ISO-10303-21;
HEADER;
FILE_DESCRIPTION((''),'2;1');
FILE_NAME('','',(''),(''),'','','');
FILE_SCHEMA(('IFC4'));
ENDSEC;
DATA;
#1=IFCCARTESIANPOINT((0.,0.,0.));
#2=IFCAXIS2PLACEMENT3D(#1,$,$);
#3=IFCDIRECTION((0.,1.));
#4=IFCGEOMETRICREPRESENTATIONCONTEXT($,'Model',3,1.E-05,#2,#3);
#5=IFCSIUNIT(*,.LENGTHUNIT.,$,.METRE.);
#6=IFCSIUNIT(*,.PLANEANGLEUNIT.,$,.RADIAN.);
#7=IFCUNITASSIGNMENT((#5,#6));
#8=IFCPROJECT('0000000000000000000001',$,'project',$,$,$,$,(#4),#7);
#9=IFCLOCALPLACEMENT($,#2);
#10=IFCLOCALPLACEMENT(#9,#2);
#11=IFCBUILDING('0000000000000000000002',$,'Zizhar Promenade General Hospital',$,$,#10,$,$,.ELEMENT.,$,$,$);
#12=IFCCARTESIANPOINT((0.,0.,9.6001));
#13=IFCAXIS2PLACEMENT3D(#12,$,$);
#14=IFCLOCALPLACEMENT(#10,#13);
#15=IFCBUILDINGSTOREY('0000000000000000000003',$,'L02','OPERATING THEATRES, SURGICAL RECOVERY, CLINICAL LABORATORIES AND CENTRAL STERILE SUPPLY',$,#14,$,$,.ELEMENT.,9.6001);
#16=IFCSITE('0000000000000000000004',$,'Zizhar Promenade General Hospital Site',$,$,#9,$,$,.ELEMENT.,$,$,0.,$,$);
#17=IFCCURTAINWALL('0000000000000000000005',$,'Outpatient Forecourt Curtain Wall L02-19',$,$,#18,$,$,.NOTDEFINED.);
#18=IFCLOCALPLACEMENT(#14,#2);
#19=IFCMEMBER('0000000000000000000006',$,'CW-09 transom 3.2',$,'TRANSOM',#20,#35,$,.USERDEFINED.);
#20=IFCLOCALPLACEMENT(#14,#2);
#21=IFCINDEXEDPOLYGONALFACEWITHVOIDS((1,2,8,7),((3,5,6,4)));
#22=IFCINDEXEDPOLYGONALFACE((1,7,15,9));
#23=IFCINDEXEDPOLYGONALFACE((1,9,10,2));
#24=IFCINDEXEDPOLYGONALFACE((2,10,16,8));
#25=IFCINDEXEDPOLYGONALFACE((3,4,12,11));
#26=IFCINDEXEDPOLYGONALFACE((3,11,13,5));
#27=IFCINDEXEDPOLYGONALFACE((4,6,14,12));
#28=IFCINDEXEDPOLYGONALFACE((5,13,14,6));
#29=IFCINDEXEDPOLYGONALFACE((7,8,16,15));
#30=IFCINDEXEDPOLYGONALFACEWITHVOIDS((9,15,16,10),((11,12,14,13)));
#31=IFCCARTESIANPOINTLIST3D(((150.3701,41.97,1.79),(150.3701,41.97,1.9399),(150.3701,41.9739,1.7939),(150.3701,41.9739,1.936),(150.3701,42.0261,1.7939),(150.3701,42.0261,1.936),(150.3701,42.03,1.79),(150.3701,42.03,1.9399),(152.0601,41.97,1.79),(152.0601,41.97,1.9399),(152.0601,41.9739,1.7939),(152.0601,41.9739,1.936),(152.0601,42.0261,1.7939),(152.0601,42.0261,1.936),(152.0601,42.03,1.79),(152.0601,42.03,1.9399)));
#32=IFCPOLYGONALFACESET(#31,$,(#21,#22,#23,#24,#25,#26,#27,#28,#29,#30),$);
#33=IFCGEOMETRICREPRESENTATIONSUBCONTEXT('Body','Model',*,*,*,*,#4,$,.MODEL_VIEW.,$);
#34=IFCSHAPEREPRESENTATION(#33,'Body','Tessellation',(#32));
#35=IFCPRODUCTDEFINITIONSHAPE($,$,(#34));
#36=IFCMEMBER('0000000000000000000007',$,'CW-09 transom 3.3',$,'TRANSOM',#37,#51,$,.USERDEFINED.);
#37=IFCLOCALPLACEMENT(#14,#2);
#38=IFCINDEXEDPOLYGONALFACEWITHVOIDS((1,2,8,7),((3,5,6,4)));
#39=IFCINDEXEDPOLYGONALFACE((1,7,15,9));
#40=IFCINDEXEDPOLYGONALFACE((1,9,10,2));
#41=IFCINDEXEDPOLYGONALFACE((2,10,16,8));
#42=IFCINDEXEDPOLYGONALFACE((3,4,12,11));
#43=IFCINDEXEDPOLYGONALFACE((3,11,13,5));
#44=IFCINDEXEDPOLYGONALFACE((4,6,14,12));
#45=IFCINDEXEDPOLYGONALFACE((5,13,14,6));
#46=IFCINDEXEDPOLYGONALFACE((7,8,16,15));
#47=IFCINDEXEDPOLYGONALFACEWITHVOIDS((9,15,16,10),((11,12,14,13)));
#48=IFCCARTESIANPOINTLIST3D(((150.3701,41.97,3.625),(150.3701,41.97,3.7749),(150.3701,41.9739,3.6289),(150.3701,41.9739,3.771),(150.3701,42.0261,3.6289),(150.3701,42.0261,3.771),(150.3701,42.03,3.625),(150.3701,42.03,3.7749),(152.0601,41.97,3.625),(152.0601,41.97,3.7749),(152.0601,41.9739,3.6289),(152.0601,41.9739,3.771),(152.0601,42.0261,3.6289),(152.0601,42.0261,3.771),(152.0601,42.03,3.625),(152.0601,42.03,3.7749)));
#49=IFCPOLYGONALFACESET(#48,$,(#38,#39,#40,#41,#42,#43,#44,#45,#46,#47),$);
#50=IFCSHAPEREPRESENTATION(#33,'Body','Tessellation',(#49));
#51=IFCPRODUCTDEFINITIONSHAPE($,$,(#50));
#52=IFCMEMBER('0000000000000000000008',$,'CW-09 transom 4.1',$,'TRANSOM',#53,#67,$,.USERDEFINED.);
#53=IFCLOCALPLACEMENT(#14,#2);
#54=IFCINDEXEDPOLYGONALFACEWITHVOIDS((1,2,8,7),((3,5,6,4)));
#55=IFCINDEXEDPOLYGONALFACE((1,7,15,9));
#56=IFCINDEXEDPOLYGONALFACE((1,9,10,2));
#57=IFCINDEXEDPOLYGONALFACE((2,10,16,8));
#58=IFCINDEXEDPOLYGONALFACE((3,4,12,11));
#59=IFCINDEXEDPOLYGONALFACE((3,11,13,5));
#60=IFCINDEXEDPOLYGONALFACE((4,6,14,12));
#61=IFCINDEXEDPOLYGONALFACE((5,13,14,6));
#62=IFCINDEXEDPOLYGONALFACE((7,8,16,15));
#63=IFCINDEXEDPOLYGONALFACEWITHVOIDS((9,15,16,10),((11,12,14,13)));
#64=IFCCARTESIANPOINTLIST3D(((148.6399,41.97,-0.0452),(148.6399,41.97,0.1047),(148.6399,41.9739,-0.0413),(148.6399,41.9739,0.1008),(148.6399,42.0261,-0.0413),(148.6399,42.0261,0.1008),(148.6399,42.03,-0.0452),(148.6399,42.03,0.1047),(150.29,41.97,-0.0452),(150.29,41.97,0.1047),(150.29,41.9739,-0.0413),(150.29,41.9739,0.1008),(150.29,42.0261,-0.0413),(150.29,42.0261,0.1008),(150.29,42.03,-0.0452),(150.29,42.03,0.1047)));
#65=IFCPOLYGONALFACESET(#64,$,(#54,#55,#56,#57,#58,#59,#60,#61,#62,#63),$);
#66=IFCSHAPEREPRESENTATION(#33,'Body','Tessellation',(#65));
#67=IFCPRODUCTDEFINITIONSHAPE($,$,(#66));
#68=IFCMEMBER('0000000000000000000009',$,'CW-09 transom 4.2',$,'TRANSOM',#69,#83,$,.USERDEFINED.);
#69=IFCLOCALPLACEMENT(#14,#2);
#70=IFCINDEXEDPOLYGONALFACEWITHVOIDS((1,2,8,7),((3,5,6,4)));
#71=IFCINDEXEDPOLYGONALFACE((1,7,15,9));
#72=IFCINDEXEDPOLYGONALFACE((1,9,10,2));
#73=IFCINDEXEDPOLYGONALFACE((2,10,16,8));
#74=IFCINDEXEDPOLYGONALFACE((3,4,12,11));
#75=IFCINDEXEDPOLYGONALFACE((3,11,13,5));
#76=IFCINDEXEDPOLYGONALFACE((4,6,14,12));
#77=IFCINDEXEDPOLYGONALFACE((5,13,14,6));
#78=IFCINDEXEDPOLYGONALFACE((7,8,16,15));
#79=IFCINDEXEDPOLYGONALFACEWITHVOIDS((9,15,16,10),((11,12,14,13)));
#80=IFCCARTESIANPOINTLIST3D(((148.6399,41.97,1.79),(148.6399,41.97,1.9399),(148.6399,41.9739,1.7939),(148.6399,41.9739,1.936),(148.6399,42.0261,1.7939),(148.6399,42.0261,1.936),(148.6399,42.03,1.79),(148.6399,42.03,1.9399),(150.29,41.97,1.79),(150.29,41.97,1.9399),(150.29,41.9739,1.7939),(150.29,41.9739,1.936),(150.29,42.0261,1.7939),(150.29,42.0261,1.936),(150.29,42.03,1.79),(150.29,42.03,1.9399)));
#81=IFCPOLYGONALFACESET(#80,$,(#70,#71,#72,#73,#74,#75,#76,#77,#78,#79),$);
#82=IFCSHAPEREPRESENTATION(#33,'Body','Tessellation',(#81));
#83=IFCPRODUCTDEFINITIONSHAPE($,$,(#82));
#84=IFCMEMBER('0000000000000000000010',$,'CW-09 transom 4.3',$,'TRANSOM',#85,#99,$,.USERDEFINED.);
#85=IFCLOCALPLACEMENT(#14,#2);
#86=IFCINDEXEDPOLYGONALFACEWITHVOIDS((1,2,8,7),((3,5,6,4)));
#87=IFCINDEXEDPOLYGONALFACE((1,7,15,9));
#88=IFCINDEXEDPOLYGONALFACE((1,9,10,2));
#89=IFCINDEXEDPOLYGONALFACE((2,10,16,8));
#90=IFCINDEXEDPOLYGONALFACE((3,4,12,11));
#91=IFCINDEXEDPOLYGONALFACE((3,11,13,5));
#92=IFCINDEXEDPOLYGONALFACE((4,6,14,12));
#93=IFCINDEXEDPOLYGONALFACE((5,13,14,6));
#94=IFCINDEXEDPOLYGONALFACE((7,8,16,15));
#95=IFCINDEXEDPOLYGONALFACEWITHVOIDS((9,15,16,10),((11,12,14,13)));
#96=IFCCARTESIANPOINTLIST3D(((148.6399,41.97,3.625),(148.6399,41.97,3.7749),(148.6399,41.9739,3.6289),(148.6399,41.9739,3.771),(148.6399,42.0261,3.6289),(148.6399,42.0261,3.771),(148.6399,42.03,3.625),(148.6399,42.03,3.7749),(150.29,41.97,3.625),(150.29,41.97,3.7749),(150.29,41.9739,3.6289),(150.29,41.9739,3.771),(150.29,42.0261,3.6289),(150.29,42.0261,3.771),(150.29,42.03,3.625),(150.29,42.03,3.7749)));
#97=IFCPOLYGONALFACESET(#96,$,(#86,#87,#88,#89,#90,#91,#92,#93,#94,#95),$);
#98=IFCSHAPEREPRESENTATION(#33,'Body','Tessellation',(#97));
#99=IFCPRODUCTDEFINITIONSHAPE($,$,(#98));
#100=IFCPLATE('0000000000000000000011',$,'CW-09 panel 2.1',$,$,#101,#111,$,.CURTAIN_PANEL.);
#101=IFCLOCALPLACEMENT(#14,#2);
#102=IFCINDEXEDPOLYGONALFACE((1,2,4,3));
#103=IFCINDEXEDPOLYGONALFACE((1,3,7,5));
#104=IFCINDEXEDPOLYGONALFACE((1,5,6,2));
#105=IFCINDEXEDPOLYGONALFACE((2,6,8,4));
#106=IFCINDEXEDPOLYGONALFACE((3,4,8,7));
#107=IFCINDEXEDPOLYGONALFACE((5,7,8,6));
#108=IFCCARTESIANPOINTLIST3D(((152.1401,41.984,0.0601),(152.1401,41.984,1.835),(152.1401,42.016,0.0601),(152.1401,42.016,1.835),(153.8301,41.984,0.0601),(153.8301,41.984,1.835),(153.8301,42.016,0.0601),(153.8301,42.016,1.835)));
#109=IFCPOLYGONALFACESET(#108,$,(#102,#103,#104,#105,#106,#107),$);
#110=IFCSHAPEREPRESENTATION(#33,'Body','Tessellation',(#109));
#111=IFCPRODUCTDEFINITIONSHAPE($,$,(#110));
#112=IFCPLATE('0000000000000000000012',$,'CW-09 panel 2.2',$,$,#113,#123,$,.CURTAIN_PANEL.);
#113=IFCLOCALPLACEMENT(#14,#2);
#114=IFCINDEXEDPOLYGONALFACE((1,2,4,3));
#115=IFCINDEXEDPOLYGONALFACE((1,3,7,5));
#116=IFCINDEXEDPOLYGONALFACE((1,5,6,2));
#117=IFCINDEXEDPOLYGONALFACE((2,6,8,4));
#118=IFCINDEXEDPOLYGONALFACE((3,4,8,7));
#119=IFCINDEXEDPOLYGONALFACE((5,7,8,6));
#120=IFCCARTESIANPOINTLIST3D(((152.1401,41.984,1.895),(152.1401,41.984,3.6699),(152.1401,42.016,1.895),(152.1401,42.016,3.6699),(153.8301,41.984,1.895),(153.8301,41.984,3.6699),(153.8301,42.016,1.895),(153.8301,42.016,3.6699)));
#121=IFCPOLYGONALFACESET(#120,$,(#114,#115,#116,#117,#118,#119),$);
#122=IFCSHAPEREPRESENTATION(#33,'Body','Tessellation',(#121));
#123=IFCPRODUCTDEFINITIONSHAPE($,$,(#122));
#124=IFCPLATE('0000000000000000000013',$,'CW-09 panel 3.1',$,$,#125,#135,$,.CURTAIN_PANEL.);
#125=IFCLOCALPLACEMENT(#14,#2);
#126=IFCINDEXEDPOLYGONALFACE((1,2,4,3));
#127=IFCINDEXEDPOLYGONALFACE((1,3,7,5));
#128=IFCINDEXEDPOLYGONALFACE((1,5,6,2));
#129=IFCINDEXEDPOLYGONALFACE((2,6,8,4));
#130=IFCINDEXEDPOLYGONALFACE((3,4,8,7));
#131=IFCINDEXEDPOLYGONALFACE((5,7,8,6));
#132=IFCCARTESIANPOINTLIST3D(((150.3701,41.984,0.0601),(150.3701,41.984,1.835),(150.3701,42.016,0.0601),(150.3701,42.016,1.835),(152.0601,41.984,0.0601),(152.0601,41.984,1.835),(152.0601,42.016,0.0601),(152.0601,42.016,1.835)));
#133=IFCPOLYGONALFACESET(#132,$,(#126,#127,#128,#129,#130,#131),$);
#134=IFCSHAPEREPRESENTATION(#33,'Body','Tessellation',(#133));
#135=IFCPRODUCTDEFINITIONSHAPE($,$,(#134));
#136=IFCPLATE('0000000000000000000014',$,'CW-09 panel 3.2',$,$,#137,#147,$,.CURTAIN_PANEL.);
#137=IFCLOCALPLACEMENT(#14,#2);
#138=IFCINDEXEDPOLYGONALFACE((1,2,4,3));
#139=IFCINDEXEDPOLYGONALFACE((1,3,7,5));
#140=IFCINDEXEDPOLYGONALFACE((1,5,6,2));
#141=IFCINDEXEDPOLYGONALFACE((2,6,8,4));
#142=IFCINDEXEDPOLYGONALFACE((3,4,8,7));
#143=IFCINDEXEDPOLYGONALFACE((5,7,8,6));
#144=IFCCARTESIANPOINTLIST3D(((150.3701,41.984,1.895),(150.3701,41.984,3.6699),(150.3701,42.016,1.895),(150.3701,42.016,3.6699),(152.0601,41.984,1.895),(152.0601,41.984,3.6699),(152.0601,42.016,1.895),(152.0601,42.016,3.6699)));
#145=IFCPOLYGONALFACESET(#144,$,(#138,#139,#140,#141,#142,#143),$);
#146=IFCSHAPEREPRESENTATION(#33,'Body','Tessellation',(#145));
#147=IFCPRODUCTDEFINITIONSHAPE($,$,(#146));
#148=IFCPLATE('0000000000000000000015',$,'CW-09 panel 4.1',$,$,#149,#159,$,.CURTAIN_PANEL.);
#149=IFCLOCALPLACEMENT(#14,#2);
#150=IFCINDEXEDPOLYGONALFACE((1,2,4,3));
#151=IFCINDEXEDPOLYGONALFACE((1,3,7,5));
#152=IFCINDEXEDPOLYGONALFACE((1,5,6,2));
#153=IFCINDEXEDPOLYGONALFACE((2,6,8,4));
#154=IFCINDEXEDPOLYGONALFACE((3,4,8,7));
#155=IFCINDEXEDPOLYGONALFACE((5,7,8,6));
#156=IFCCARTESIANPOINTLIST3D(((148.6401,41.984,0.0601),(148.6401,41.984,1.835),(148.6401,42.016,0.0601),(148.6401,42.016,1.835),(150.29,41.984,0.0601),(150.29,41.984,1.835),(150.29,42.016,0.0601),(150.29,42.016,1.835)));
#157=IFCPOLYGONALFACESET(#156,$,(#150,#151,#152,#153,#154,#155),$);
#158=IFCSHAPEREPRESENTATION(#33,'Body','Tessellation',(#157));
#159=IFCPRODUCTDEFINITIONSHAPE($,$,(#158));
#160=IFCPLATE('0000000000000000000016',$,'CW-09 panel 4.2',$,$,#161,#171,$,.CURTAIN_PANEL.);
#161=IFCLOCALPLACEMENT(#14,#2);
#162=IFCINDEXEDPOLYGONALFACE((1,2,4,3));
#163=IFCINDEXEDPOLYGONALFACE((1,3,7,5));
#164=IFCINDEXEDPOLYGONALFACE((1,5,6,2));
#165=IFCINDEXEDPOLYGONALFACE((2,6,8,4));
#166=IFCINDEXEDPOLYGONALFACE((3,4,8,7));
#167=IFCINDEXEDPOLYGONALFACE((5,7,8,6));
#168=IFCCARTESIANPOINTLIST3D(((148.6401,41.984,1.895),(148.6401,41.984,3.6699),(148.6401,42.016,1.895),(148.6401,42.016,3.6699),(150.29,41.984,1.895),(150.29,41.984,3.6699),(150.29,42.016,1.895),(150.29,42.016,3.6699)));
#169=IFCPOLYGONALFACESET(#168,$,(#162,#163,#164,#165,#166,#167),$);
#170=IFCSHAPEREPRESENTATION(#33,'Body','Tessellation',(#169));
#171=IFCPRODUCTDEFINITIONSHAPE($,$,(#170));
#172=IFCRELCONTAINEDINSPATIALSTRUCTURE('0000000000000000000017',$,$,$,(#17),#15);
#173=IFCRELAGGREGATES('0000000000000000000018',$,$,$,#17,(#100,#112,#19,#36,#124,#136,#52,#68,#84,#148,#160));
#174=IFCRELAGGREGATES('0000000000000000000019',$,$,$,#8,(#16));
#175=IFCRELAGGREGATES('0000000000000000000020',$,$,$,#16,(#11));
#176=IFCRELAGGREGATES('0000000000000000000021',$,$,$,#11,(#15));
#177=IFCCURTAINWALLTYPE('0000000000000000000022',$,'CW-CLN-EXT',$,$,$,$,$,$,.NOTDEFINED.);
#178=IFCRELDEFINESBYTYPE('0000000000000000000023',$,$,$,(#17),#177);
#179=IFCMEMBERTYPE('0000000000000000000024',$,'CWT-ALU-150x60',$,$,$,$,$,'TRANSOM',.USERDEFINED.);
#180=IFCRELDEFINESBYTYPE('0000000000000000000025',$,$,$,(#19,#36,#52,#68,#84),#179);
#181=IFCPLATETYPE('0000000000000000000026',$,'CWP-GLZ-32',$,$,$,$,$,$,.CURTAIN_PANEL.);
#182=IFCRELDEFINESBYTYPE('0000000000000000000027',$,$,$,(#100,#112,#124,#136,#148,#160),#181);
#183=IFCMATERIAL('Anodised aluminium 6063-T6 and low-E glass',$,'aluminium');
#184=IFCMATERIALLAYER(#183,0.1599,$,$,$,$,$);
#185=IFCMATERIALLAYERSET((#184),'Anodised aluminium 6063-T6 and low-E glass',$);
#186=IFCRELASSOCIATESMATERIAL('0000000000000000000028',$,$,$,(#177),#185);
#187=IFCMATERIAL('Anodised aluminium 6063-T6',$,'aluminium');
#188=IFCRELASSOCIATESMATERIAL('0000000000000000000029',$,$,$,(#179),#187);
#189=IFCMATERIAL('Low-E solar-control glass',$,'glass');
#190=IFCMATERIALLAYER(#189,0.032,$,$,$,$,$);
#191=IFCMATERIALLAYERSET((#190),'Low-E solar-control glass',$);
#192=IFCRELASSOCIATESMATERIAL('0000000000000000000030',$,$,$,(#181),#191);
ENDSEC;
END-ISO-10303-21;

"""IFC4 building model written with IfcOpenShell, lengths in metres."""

from ifc_helpers import new_model, si_unit, direction, frame, origin, origin_2d, place, context, subcontext, project, spatial, rectangle, hollow_rectangle, extrude, material, layer, layer_set, material_profile, profile_set, type_object, element, aggregate, save


model = new_model("IFC4")

# Units and contexts
model_context = context("Model", 3, precision=1e-05, world=origin(), true_north=direction((0.0, 1.0)))
body_context = subcontext(model_context, "Body", "Model", "MODEL_VIEW")
ifc_project = project(units=[si_unit("LENGTHUNIT", "METRE"), si_unit("PLANEANGLEUNIT", "RADIAN")], contexts=[model_context])

# Site, building, storey
site_placement = place(None, origin())
site = spatial("IfcSite", under=ifc_project, at=site_placement, Name="Zizhar Promenade General Hospital Site", CompositionType="ELEMENT", RefElevation=0.0)
building_placement = place(site_placement, origin())
building = spatial("IfcBuilding", under=site, at=building_placement, Name="Zizhar Promenade General Hospital", CompositionType="ELEMENT")
storey_placement = place(building_placement, frame((0.0, 0.0, 9.6001)))
storey = spatial("IfcBuildingStorey", under=building, at=storey_placement, Name="L02", Description="OPERATING THEATRES, SURGICAL RECOVERY, CLINICAL LABORATORIES AND CENTRAL STERILE SUPPLY", CompositionType="ELEMENT", Elevation=9.6001)

# Curtain wall, members, plates
ifc_material_1 = material(Name="Anodised aluminium 6063-T6 and low-E glass", Category="aluminium")
ifc_layer_1 = layer(ifc_material_1, 0.1599)
ifc_layer_set_1 = layer_set([ifc_layer_1], Name="Anodised aluminium 6063-T6 and low-E glass")
curtain_wall_type = type_object("IfcCurtainWallType", Name="CW-CLN-EXT", PredefinedType="NOTDEFINED", material=ifc_layer_set_1)
curtain_wall_placement = place(storey_placement, origin())
curtain_wall = element("IfcCurtainWall", 1, at=curtain_wall_placement, inside=storey, type_object=curtain_wall_type, Name="Outpatient Forecourt Curtain Wall L02-19", PredefinedType="NOTDEFINED")
ifc_material_2 = material(Name="Anodised aluminium 6063-T6", Category="aluminium")
ifc_material_profile_1 = material_profile(ifc_material_2, hollow_rectangle(XDim=0.0601, YDim=0.1499, WallThickness=0.0039, at=origin_2d()))
ifc_profile_set_1 = profile_set([ifc_material_profile_1], Name="Anodised aluminium 6063-T6")
member_type_1 = type_object("IfcMemberType", Name="CWT-ALU-150x60", ElementType="TRANSOM", PredefinedType="USERDEFINED", material=ifc_profile_set_1)
member_1_placement = place(storey_placement, frame((152.0601, 42.0, 1.865), z_axis=(-1.0, 0.0, 0.0), x_axis=(0.0, -1.0, 0.0)))
member_1 = element("IfcMember", 2, at=member_1_placement, type_object=member_type_1, Name="CW-09 transom 3.2", ObjectType="TRANSOM", PredefinedType="USERDEFINED", context=body_context, shape_type="SweptSolid", body=[
    extrude(hollow_rectangle(XDim=0.0601, YDim=0.1499, WallThickness=0.0039, at=origin_2d()), origin(), (0.0, 0.0, 1.0), 1.6899),
])
member_2_placement = place(storey_placement, frame((152.0601, 42.0, 3.7), z_axis=(-1.0, 0.0, 0.0), x_axis=(0.0, -1.0, 0.0)))
member_2 = element("IfcMember", 3, at=member_2_placement, type_object=member_type_1, Name="CW-09 transom 3.3", ObjectType="TRANSOM", PredefinedType="USERDEFINED", context=body_context, shape_type="SweptSolid", body=[
    extrude(hollow_rectangle(XDim=0.0601, YDim=0.1499, WallThickness=0.0039, at=origin_2d()), origin(), (0.0, 0.0, 1.0), 1.6899),
])
member_3_placement = place(storey_placement, frame((150.29, 42.0, 0.0298), z_axis=(-1.0, 0.0, 0.0), x_axis=(0.0, -1.0, 0.0)))
member_3 = element("IfcMember", 4, at=member_3_placement, type_object=member_type_1, Name="CW-09 transom 4.1", ObjectType="TRANSOM", PredefinedType="USERDEFINED", context=body_context, shape_type="SweptSolid", body=[
    extrude(hollow_rectangle(XDim=0.0601, YDim=0.1499, WallThickness=0.0039, at=origin_2d()), origin(), (0.0, 0.0, 1.0), 1.6501),
])
member_4_placement = place(storey_placement, frame((150.29, 42.0, 1.865), z_axis=(-1.0, 0.0, 0.0), x_axis=(0.0, -1.0, 0.0)))
member_4 = element("IfcMember", 5, at=member_4_placement, type_object=member_type_1, Name="CW-09 transom 4.2", ObjectType="TRANSOM", PredefinedType="USERDEFINED", context=body_context, shape_type="SweptSolid", body=[
    extrude(hollow_rectangle(XDim=0.0601, YDim=0.1499, WallThickness=0.0039, at=origin_2d()), origin(), (0.0, 0.0, 1.0), 1.6501),
])
member_5_placement = place(storey_placement, frame((150.29, 42.0, 3.7), z_axis=(-1.0, 0.0, 0.0), x_axis=(0.0, -1.0, 0.0)))
member_5 = element("IfcMember", 6, at=member_5_placement, type_object=member_type_1, Name="CW-09 transom 4.3", ObjectType="TRANSOM", PredefinedType="USERDEFINED", context=body_context, shape_type="SweptSolid", body=[
    extrude(hollow_rectangle(XDim=0.0601, YDim=0.1499, WallThickness=0.0039, at=origin_2d()), origin(), (0.0, 0.0, 1.0), 1.6501),
])
ifc_material_3 = material(Name="Low-E solar-control glass", Category="glass")
ifc_layer_2 = layer(ifc_material_3, 0.032)
ifc_layer_set_2 = layer_set([ifc_layer_2], Name="Low-E solar-control glass")
plate_type = type_object("IfcPlateType", Name="CWP-GLZ-32", PredefinedType="CURTAIN_PANEL", material=ifc_layer_set_2)
plate_1_placement = place(storey_placement, frame((152.9851, 42.0, 0.0601), z_axis=(0.0, 0.0, 1.0), x_axis=(-1.0, 0.0, 0.0)))
plate_1 = element("IfcPlate", 7, at=plate_1_placement, type_object=plate_type, Name="CW-09 panel 2.1", PredefinedType="CURTAIN_PANEL", context=body_context, shape_type="SweptSolid", body=[
    extrude(rectangle(XDim=1.6899, YDim=0.032, at=origin_2d()), origin(), (0.0, 0.0, 1.0), 1.7749),
])
plate_2_placement = place(storey_placement, frame((152.9851, 42.0, 1.895), z_axis=(0.0, 0.0, 1.0), x_axis=(-1.0, 0.0, 0.0)))
plate_2 = element("IfcPlate", 8, at=plate_2_placement, type_object=plate_type, Name="CW-09 panel 2.2", PredefinedType="CURTAIN_PANEL", context=body_context, shape_type="SweptSolid", body=[
    extrude(rectangle(XDim=1.6899, YDim=0.032, at=origin_2d()), origin(), (0.0, 0.0, 1.0), 1.7749),
])
plate_3_placement = place(storey_placement, frame((151.2151, 42.0, 0.0601), z_axis=(0.0, 0.0, 1.0), x_axis=(-1.0, 0.0, 0.0)))
plate_3 = element("IfcPlate", 9, at=plate_3_placement, type_object=plate_type, Name="CW-09 panel 3.1", PredefinedType="CURTAIN_PANEL", context=body_context, shape_type="SweptSolid", body=[
    extrude(rectangle(XDim=1.6899, YDim=0.032, at=origin_2d()), origin(), (0.0, 0.0, 1.0), 1.7749),
])
plate_4_placement = place(storey_placement, frame((151.2151, 42.0, 1.895), z_axis=(0.0, 0.0, 1.0), x_axis=(-1.0, 0.0, 0.0)))
plate_4 = element("IfcPlate", 10, at=plate_4_placement, type_object=plate_type, Name="CW-09 panel 3.2", PredefinedType="CURTAIN_PANEL", context=body_context, shape_type="SweptSolid", body=[
    extrude(rectangle(XDim=1.6899, YDim=0.032, at=origin_2d()), origin(), (0.0, 0.0, 1.0), 1.7749),
])
plate_5_placement = place(storey_placement, frame((149.4651, 42.0, 0.0601), z_axis=(0.0, 0.0, 1.0), x_axis=(-1.0, 0.0, 0.0)))
plate_5 = element("IfcPlate", 11, at=plate_5_placement, type_object=plate_type, Name="CW-09 panel 4.1", PredefinedType="CURTAIN_PANEL", context=body_context, shape_type="SweptSolid", body=[
    extrude(rectangle(XDim=1.6499, YDim=0.032, at=origin_2d()), origin(), (0.0, 0.0, 1.0), 1.7749),
])
plate_6_placement = place(storey_placement, frame((149.4651, 42.0, 1.895), z_axis=(0.0, 0.0, 1.0), x_axis=(-1.0, 0.0, 0.0)))
plate_6 = element("IfcPlate", 12, at=plate_6_placement, type_object=plate_type, Name="CW-09 panel 4.2", PredefinedType="CURTAIN_PANEL", context=body_context, shape_type="SweptSolid", body=[
    extrude(rectangle(XDim=1.6499, YDim=0.032, at=origin_2d()), origin(), (0.0, 0.0, 1.0), 1.7749),
])
aggregate(curtain_wall, [plate_1, plate_2, member_1, member_2, plate_3, plate_4, member_3, member_4, member_5, plate_5, plate_6])

save(model, "model.ifc")
